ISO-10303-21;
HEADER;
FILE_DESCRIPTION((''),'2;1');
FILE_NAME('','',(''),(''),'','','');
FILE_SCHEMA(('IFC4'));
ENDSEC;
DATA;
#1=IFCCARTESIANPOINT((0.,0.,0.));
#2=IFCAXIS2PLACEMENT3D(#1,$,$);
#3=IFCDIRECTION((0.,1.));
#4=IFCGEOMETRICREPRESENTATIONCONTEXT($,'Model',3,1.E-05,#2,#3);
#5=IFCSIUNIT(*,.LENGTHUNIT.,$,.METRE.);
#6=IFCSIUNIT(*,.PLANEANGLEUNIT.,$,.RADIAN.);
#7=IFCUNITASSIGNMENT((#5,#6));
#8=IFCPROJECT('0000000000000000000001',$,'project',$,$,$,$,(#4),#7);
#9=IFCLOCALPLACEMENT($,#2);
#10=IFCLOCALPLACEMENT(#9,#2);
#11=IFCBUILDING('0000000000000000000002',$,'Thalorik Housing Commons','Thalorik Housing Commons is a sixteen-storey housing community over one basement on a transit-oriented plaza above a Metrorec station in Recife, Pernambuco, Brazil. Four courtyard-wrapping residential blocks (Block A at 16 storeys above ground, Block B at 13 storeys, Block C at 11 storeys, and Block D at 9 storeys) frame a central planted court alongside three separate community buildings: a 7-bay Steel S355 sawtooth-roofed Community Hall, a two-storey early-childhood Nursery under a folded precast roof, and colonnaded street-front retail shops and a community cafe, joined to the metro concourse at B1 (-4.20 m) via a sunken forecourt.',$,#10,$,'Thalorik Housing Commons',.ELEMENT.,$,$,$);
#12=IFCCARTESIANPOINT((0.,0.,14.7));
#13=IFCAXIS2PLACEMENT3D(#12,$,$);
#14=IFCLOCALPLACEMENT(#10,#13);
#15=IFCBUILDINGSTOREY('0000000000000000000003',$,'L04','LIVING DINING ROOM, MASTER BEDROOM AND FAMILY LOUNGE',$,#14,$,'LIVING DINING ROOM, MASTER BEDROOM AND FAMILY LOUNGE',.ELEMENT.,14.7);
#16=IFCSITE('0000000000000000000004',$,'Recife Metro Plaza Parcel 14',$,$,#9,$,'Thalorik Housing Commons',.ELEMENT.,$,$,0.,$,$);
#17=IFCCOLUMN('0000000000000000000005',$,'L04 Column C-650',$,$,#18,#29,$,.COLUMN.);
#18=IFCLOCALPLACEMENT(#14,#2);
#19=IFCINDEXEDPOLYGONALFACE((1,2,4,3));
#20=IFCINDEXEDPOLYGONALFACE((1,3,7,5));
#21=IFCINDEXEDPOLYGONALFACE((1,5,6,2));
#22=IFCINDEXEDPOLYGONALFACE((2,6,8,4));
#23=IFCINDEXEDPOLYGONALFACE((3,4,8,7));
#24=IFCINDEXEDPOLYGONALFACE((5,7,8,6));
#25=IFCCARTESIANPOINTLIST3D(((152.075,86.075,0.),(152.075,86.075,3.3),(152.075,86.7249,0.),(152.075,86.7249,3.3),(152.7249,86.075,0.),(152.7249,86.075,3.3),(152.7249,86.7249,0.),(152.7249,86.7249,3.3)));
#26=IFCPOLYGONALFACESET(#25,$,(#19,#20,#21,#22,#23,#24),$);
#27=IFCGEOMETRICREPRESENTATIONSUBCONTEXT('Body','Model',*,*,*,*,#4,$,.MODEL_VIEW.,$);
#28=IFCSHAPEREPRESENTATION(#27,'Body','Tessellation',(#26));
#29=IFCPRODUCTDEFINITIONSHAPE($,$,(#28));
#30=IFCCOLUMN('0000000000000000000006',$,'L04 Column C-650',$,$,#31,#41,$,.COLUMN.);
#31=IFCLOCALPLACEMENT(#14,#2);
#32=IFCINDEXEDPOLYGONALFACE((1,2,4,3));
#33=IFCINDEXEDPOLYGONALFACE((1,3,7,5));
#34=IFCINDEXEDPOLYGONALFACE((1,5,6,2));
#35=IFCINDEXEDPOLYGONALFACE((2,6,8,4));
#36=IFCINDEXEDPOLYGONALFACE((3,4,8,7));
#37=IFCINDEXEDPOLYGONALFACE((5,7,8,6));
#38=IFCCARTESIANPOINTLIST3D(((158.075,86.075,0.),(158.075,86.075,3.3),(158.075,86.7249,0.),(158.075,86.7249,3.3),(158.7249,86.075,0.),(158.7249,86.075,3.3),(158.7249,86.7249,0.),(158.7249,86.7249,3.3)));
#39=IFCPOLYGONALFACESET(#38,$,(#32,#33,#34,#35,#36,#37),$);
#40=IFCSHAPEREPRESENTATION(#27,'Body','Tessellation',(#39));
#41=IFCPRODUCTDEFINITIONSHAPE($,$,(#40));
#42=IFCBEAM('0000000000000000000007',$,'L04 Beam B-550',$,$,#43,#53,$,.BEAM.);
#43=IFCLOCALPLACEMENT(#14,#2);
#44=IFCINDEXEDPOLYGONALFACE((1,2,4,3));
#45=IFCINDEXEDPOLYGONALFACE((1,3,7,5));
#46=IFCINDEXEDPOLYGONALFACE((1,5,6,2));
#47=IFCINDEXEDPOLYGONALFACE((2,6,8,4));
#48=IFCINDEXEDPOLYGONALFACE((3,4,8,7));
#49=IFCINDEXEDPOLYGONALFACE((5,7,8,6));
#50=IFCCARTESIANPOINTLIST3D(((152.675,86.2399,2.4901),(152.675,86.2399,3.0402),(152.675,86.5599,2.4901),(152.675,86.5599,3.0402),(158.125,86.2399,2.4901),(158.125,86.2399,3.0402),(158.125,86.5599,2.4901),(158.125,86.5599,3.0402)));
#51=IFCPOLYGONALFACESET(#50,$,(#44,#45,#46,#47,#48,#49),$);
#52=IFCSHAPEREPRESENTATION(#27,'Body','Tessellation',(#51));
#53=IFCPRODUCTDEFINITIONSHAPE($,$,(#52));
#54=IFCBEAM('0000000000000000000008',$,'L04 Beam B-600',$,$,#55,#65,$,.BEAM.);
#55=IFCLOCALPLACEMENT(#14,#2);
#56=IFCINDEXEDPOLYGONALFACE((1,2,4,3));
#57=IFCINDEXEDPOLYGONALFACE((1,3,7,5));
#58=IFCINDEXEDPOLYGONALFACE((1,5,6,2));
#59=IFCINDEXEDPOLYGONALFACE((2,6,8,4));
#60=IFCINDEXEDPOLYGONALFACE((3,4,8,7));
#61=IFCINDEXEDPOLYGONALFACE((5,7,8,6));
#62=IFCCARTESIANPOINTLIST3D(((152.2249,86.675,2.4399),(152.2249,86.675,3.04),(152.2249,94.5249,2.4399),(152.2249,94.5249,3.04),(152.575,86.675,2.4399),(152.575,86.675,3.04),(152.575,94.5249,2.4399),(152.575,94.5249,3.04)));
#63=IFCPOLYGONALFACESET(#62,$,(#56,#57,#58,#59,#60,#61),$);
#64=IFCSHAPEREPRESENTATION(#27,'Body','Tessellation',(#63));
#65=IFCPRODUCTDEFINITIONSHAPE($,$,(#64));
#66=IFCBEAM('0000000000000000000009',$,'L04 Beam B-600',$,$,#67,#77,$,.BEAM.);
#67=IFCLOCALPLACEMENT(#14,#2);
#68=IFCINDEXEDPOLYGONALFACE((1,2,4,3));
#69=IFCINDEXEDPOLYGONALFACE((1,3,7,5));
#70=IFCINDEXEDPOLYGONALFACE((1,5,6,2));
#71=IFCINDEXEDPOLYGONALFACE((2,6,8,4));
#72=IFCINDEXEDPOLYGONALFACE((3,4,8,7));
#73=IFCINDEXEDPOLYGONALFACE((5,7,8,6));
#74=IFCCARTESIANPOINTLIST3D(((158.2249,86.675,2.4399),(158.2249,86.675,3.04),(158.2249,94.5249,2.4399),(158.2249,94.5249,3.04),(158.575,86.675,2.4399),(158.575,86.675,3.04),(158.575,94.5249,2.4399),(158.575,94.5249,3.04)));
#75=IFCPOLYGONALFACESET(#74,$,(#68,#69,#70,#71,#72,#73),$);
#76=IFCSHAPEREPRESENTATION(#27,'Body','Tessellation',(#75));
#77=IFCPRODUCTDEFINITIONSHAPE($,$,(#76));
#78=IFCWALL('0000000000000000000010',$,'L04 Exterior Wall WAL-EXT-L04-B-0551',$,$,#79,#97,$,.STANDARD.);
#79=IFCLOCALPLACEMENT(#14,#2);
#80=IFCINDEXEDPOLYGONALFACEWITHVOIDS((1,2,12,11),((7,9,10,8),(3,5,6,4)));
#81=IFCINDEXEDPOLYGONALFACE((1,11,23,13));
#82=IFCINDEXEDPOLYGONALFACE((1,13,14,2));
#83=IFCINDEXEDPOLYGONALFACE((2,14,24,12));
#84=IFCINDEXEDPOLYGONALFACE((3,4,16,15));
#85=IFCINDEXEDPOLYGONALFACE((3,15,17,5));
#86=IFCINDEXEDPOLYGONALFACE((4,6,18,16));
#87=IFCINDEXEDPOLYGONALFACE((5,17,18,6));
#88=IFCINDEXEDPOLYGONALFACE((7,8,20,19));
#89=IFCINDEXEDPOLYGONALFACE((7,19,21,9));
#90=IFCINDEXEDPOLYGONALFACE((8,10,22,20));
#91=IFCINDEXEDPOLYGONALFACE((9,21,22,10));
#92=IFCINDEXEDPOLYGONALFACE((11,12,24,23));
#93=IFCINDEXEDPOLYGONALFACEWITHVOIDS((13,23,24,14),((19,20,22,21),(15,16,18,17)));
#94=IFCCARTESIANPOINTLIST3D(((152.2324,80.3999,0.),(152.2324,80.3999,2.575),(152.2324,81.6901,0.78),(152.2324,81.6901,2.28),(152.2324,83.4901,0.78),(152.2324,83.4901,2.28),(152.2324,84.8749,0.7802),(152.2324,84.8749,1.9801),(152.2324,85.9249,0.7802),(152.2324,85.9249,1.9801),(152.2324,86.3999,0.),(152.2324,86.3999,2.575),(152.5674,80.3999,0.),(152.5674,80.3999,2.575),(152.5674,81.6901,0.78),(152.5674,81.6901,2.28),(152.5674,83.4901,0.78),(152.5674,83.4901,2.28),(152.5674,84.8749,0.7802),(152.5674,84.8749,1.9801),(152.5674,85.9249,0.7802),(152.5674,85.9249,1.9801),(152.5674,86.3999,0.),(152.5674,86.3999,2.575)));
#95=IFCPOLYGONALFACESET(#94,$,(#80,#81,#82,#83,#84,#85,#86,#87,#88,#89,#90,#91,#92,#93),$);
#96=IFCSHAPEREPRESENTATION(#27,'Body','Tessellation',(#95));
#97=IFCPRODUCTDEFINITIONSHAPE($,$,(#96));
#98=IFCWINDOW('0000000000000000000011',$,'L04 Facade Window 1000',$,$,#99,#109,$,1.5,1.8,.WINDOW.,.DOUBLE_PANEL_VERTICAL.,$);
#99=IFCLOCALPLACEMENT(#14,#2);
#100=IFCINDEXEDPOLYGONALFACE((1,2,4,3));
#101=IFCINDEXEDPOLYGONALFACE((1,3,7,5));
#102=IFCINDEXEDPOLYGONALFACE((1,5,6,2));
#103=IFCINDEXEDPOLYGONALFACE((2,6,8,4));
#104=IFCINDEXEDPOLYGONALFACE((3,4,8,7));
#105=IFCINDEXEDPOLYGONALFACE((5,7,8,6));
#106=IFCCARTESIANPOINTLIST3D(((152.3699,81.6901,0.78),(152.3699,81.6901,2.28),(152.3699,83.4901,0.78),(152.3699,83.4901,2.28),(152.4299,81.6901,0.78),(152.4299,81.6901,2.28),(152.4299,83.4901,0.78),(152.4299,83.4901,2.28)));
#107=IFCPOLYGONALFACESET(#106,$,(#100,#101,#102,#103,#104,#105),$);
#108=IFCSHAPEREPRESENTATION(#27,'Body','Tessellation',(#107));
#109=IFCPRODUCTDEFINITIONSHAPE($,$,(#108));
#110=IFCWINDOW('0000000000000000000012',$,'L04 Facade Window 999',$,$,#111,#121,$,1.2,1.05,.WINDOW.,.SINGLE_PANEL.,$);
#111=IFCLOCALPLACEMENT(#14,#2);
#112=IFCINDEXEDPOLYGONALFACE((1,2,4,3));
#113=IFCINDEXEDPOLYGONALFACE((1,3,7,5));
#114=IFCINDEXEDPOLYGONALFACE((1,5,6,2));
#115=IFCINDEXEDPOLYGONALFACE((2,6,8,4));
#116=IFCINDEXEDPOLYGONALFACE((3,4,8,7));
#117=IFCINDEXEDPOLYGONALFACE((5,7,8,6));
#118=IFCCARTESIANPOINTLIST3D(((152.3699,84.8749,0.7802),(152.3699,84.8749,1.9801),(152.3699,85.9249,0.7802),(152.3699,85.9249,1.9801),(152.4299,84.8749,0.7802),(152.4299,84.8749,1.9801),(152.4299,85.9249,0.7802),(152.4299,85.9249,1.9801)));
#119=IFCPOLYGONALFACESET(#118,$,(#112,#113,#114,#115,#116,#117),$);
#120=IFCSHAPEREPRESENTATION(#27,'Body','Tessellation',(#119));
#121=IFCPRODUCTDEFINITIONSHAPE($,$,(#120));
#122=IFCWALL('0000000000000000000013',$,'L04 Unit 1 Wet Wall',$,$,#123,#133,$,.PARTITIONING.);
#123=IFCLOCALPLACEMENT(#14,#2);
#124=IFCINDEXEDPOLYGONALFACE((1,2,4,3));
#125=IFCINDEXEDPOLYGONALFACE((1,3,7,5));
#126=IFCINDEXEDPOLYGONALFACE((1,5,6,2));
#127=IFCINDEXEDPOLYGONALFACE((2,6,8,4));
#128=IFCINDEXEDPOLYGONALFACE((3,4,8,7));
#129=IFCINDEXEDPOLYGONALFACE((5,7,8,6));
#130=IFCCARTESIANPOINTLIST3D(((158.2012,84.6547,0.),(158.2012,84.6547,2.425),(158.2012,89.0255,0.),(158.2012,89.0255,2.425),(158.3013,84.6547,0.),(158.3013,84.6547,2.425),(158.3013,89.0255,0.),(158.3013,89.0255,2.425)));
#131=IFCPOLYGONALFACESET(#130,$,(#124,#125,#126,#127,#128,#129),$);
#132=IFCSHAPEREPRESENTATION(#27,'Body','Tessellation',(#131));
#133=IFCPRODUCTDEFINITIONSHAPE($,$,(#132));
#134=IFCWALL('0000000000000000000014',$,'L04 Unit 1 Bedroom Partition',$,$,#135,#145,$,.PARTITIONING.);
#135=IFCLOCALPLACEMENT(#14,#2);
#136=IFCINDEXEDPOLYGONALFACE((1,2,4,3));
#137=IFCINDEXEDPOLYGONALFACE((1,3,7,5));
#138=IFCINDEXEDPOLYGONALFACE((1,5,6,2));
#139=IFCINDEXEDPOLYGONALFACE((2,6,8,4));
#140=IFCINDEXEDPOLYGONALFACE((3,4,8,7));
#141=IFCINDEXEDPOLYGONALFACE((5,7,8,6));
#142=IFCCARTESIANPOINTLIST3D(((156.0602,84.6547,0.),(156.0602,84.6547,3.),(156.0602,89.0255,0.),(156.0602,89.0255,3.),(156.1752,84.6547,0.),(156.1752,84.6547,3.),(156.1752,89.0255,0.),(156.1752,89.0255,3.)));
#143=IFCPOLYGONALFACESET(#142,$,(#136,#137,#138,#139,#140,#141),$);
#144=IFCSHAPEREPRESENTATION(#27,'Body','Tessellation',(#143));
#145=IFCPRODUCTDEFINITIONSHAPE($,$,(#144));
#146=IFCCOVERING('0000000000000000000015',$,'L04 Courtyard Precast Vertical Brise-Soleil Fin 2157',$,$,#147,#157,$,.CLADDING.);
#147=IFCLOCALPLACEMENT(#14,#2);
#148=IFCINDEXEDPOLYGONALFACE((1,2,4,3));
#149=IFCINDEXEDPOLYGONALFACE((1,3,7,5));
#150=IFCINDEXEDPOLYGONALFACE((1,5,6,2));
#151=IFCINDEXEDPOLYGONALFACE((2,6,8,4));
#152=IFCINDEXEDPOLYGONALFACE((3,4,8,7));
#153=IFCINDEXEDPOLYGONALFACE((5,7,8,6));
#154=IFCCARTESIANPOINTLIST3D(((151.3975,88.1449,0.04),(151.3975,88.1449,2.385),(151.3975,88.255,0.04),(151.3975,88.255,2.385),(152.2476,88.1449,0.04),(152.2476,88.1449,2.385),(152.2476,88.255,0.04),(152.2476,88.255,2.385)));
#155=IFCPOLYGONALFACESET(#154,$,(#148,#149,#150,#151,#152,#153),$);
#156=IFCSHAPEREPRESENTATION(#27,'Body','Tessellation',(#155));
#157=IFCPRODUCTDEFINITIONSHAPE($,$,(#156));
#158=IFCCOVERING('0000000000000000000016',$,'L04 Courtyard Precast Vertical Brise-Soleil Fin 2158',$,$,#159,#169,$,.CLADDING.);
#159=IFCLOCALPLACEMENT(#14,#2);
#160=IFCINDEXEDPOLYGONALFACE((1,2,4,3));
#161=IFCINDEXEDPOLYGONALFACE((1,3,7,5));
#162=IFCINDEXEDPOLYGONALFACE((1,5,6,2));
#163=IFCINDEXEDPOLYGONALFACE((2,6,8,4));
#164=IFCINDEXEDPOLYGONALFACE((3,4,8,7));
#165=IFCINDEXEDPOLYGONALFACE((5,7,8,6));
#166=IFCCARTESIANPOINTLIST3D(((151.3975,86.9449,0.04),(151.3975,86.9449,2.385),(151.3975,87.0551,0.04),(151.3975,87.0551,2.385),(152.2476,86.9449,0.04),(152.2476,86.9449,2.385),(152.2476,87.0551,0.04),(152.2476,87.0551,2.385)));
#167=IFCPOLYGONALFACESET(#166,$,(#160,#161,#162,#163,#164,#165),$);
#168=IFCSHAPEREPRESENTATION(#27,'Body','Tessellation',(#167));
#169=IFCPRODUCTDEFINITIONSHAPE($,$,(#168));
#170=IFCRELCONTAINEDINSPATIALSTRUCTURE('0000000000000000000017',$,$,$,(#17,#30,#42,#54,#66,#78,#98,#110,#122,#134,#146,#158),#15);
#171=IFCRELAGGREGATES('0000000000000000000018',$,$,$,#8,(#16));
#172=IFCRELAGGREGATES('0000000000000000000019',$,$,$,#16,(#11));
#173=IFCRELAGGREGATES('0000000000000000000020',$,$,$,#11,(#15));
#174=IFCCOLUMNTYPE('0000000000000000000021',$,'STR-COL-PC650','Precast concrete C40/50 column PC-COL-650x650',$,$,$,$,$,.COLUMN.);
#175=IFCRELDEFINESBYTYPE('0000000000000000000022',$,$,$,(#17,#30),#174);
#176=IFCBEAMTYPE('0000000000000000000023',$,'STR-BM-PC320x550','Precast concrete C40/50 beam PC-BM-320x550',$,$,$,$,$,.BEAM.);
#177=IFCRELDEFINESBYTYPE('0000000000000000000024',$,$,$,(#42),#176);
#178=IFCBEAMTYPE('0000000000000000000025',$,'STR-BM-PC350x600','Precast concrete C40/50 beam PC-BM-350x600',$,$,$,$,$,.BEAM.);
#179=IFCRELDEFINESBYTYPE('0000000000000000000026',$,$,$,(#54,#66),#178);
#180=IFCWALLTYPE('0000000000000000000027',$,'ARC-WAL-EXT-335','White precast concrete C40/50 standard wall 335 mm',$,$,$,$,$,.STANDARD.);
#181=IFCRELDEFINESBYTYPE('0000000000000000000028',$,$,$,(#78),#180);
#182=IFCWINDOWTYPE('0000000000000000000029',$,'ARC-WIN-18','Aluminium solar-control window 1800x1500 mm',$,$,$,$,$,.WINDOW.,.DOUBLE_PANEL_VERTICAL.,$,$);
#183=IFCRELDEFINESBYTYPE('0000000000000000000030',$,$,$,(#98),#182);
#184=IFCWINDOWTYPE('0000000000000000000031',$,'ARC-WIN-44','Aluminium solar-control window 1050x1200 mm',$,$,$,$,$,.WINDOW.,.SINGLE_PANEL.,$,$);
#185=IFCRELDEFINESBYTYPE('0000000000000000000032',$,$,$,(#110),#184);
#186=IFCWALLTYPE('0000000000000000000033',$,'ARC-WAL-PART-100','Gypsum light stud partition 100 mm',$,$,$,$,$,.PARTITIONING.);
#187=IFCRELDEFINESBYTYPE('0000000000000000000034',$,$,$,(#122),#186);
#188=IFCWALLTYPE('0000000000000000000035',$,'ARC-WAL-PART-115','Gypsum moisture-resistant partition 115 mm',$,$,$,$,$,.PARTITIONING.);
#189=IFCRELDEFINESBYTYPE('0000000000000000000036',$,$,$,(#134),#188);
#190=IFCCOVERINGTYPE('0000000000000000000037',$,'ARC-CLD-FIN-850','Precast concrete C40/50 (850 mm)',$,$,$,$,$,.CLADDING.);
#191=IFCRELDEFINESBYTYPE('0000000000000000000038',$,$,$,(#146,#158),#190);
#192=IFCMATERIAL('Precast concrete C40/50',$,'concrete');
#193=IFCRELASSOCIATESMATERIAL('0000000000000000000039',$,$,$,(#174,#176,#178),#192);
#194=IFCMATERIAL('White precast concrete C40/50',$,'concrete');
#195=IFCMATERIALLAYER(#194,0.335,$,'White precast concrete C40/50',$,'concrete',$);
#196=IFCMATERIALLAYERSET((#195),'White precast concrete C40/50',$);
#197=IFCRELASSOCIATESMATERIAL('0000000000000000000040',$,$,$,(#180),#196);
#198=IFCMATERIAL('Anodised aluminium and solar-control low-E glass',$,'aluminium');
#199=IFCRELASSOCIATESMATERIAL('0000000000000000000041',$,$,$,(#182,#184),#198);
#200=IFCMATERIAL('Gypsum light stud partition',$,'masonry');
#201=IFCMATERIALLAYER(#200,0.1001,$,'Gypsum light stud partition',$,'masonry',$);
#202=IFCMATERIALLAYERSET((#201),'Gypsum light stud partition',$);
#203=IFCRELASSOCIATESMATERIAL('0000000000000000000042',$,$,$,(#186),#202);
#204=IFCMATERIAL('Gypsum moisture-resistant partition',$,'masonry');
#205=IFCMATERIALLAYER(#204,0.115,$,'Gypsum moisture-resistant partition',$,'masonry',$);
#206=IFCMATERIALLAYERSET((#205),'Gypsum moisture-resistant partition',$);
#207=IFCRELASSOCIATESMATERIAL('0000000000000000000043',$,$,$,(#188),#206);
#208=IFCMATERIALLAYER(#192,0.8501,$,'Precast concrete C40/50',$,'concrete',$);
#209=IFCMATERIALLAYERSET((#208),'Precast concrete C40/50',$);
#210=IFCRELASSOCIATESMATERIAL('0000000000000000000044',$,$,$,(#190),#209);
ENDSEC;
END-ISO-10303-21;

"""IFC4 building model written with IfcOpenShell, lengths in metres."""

from ifc_helpers import new_model, si_unit, direction, frame, frame_2d, origin, origin_2d, place, context, subcontext, project, spatial, rectangle, extrude, material, layer, layer_set, material_profile, profile_set, type_object, element, fill, save


model = new_model("IFC4")

# Units and contexts
model_context = context("Model", 3, precision=1e-05, world=origin(), true_north=direction((0.0, 1.0)))
body_context = subcontext(model_context, "Body", "Model", "MODEL_VIEW")
ifc_project = project(units=[si_unit("LENGTHUNIT", "METRE"), si_unit("PLANEANGLEUNIT", "RADIAN")], contexts=[model_context])

# Site, building, storey
site_placement = place(None, origin())
site = spatial("IfcSite", under=ifc_project, at=site_placement, Name="Recife Metro Plaza Parcel 14", LongName="Thalorik Housing Commons", CompositionType="ELEMENT", RefElevation=0.0)
building_placement = place(site_placement, origin())
building = spatial("IfcBuilding", under=site, at=building_placement, Name="Thalorik Housing Commons", Description="Thalorik Housing Commons is a sixteen-storey housing community over one basement on a transit-oriented plaza above a Metrorec station in Recife, Pernambuco, Brazil. Four courtyard-wrapping residential blocks (Block A at 16 storeys above ground, Block B at 13 storeys, Block C at 11 storeys, and Block D at 9 storeys) frame a central planted court alongside three separate community buildings: a 7-bay Steel S355 sawtooth-roofed Community Hall, a two-storey early-childhood Nursery under a folded precast roof, and colonnaded street-front retail shops and a community cafe, joined to the metro concourse at B1 (-4.20 m) via a sunken forecourt.", LongName="Thalorik Housing Commons", CompositionType="ELEMENT")
storey_placement = place(building_placement, frame((0.0, 0.0, 14.7)))
storey = spatial("IfcBuildingStorey", under=building, at=storey_placement, Name="L04", Description="LIVING DINING ROOM, MASTER BEDROOM AND FAMILY LOUNGE", LongName="LIVING DINING ROOM, MASTER BEDROOM AND FAMILY LOUNGE", CompositionType="ELEMENT", Elevation=14.7)

# Columns
ifc_material_1 = material(Name="Precast concrete C40/50", Category="concrete")
ifc_material_profile_1 = material_profile(ifc_material_1, rectangle(XDim=0.6499, YDim=0.6499, at=origin_2d()), Name="PC 650x650", Category="concrete")
ifc_profile_set_1 = profile_set([ifc_material_profile_1], Name="Precast concrete C40/50")
column_type = type_object("IfcColumnType", Name="STR-COL-PC650", Description="Precast concrete C40/50 column PC-COL-650x650", PredefinedType="COLUMN", material=ifc_profile_set_1)
for number, where, z_axis, x_axis, name in (
    (1, (152.3999, 86.3999, 0.0), (0.0, 0.0, 1.0), (1.0, 0.0, 0.0), "L04 Column C-650"),
    (2, (158.3999, 86.3999, 0.0), (0.0, 0.0, 1.0), (1.0, 0.0, 0.0), "L04 Column C-650"),
):
    element("IfcColumn", number, at=place(storey_placement, frame(where, z_axis=z_axis, x_axis=x_axis)), inside=storey, type_object=column_type, Name=name, PredefinedType="COLUMN", context=body_context, shape_type="SweptSolid", body=[
        extrude(rectangle(XDim=0.6499, YDim=0.6499, at=origin_2d()), origin(), (0.0, 0.0, 1.0), 3.3),
    ])

# Beams
ifc_material_profile_2 = material_profile(ifc_material_1, rectangle(XDim=0.3201, YDim=0.55, at=origin_2d()), Name="PC 320x550", Category="concrete")
ifc_profile_set_2 = profile_set([ifc_material_profile_2], Name="Precast concrete C40/50")
beam_type_1 = type_object("IfcBeamType", Name="STR-BM-PC320x550", Description="Precast concrete C40/50 beam PC-BM-320x550", PredefinedType="BEAM", material=ifc_profile_set_2)
beam_placement = place(storey_placement, frame((152.675, 86.3999, 2.7651), z_axis=(1.0, 0.0, 0.0), x_axis=(0.0, 1.0, 0.0)))
element("IfcBeam", 3, at=beam_placement, inside=storey, type_object=beam_type_1, Name="L04 Beam B-550", PredefinedType="BEAM", context=body_context, shape_type="SweptSolid", body=[
    extrude(rectangle(XDim=0.3201, YDim=0.55, at=origin_2d()), origin(), (0.0, 0.0, 1.0), 5.45),
])
ifc_material_profile_3 = material_profile(ifc_material_1, rectangle(XDim=0.3501, YDim=0.6001, at=origin_2d()), Name="PC 350x600", Category="concrete")
ifc_profile_set_3 = profile_set([ifc_material_profile_3], Name="Precast concrete C40/50")
beam_type_2 = type_object("IfcBeamType", Name="STR-BM-PC350x600", Description="Precast concrete C40/50 beam PC-BM-350x600", PredefinedType="BEAM", material=ifc_profile_set_3)
for number, where, z_axis, x_axis, name in (
    (4, (152.3999, 86.675, 2.74), (0.0, 1.0, 0.0), (-1.0, 0.0, 0.0), "L04 Beam B-600"),
    (5, (158.3999, 86.675, 2.74), (0.0, 1.0, 0.0), (-1.0, 0.0, 0.0), "L04 Beam B-600"),
):
    element("IfcBeam", number, at=place(storey_placement, frame(where, z_axis=z_axis, x_axis=x_axis)), inside=storey, type_object=beam_type_2, Name=name, PredefinedType="BEAM", context=body_context, shape_type="SweptSolid", body=[
        extrude(rectangle(XDim=0.3501, YDim=0.6001, at=origin_2d()), origin(), (0.0, 0.0, 1.0), 7.8499),
    ])

# Wall, openings, windows
ifc_material_2 = material(Name="White precast concrete C40/50", Category="concrete")
ifc_layer_1 = layer(ifc_material_2, 0.335, Name="White precast concrete C40/50", Category="concrete")
ifc_layer_set_1 = layer_set([ifc_layer_1], Name="White precast concrete C40/50")
wall_type_1 = type_object("IfcWallType", Name="ARC-WAL-EXT-335", Description="White precast concrete C40/50 standard wall 335 mm", PredefinedType="STANDARD", material=ifc_layer_set_1)
wall_1_placement = place(storey_placement, frame((152.3999, 86.3999, 0.0), z_axis=(0.0, 0.0, 1.0), x_axis=(0.0, -1.0, 0.0)))
wall_1 = element("IfcWall", 6, at=wall_1_placement, inside=storey, type_object=wall_type_1, Name="L04 Exterior Wall WAL-EXT-L04-B-0551", PredefinedType="STANDARD", context=body_context, shape_type="SweptSolid", body=[
    extrude(rectangle(XDim=6.0, YDim=0.335, at=frame_2d((3.0, 0.0))), origin(), (0.0, 0.0, 1.0), 2.575),
])
opening_1_placement = place(wall_1_placement, frame((0.4751, 0.0, 0.78)))
opening_1 = element("IfcOpeningElement", 7, at=opening_1_placement, cuts=wall_1, PredefinedType="OPENING", context=body_context, shape_type="SweptSolid", body=[
    extrude(rectangle(XDim=1.05, YDim=1.2, at=frame_2d((0.5249, 0.6001))), frame((0.0, 0.1775, 0.0), z_axis=(0.0, -1.0, 0.0), x_axis=(1.0, 0.0, 0.0)), (0.0, 0.0, 1.0), 0.355),
])
opening_2_placement = place(wall_1_placement, frame((2.9099, 0.0, 0.78)))
opening_2 = element("IfcOpeningElement", 8, at=opening_2_placement, cuts=wall_1, PredefinedType="OPENING", context=body_context, shape_type="SweptSolid", body=[
    extrude(rectangle(XDim=1.8, YDim=1.5, at=frame_2d((0.8999, 0.75))), frame((0.0, 0.1775, 0.0), z_axis=(0.0, -1.0, 0.0), x_axis=(1.0, 0.0, 0.0)), (0.0, 0.0, 1.0), 0.355),
])
ifc_material_3 = material(Name="Anodised aluminium and solar-control low-E glass", Category="aluminium")
window_type_1 = type_object("IfcWindowType", Name="ARC-WIN-18", Description="Aluminium solar-control window 1800x1500 mm", PartitioningType="DOUBLE_PANEL_VERTICAL", PredefinedType="WINDOW", material=ifc_material_3)
window_1_placement = place(opening_2_placement, origin())
window_1 = element("IfcWindow", 9, at=window_1_placement, inside=storey, type_object=window_type_1, Name="L04 Facade Window 1000", OverallHeight=1.5, OverallWidth=1.8, PartitioningType="DOUBLE_PANEL_VERTICAL", PredefinedType="WINDOW", context=body_context, shape_type="SweptSolid", body=[
    extrude(rectangle(XDim=1.8, YDim=1.5, at=frame_2d((0.8999, 0.75))), frame((0.0, 0.03, 0.0), z_axis=(0.0, -1.0, 0.0), x_axis=(1.0, 0.0, 0.0)), (0.0, 0.0, 1.0), 0.0601),
])
fill(opening_2, window_1)
window_type_2 = type_object("IfcWindowType", Name="ARC-WIN-44", Description="Aluminium solar-control window 1050x1200 mm", PartitioningType="SINGLE_PANEL", PredefinedType="WINDOW", material=ifc_material_3)
window_2_placement = place(opening_1_placement, origin())
window_2 = element("IfcWindow", 10, at=window_2_placement, inside=storey, type_object=window_type_2, Name="L04 Facade Window 999", OverallHeight=1.2, OverallWidth=1.05, PartitioningType="SINGLE_PANEL", PredefinedType="WINDOW", context=body_context, shape_type="SweptSolid", body=[
    extrude(rectangle(XDim=1.05, YDim=1.2, at=frame_2d((0.5249, 0.6001))), frame((0.0, 0.03, 0.0), z_axis=(0.0, -1.0, 0.0), x_axis=(1.0, 0.0, 0.0)), (0.0, 0.0, 1.0), 0.0601),
])
fill(opening_1, window_2)

# Walls
ifc_material_4 = material(Name="Gypsum light stud partition", Category="masonry")
ifc_layer_2 = layer(ifc_material_4, 0.1001, Name="Gypsum light stud partition", Category="masonry")
ifc_layer_set_2 = layer_set([ifc_layer_2], Name="Gypsum light stud partition")
wall_type_2 = type_object("IfcWallType", Name="ARC-WAL-PART-100", Description="Gypsum light stud partition 100 mm", PredefinedType="PARTITIONING", material=ifc_layer_set_2)
wall_2_placement = place(storey_placement, frame((158.2512, 84.6545, 0.0), z_axis=(0.0, 0.0, 1.0), x_axis=(0.0, 1.0, 0.0)))
element("IfcWall", 11, at=wall_2_placement, inside=storey, type_object=wall_type_2, Name="L04 Unit 1 Wet Wall", PredefinedType="PARTITIONING", context=body_context, shape_type="SweptSolid", body=[
    extrude(rectangle(XDim=4.3708, YDim=0.1001, at=frame_2d((2.1855, 0.0))), origin(), (0.0, 0.0, 1.0), 2.425),
])
ifc_material_5 = material(Name="Gypsum moisture-resistant partition", Category="masonry")
ifc_layer_3 = layer(ifc_material_5, 0.115, Name="Gypsum moisture-resistant partition", Category="masonry")
ifc_layer_set_3 = layer_set([ifc_layer_3], Name="Gypsum moisture-resistant partition")
wall_type_3 = type_object("IfcWallType", Name="ARC-WAL-PART-115", Description="Gypsum moisture-resistant partition 115 mm", PredefinedType="PARTITIONING", material=ifc_layer_set_3)
wall_3_placement = place(storey_placement, frame((156.1177, 84.6545, 0.0), z_axis=(0.0, 0.0, 1.0), x_axis=(0.0, 1.0, 0.0)))
element("IfcWall", 12, at=wall_3_placement, inside=storey, type_object=wall_type_3, Name="L04 Unit 1 Bedroom Partition", PredefinedType="PARTITIONING", context=body_context, shape_type="SweptSolid", body=[
    extrude(rectangle(XDim=4.3708, YDim=0.115, at=frame_2d((2.1855, 0.0))), origin(), (0.0, 0.0, 1.0), 3.0),
])

# Coverings
ifc_layer_4 = layer(ifc_material_1, 0.8501, Name="Precast concrete C40/50", Category="concrete")
ifc_layer_set_4 = layer_set([ifc_layer_4], Name="Precast concrete C40/50")
covering_type_1 = type_object("IfcCoveringType", Name="ARC-CLD-FIN-850", Description="Precast concrete C40/50 (850 mm)", PredefinedType="CLADDING", material=ifc_layer_set_4)
for number, where, z_axis, x_axis, name in (
    (13, (151.8225, 88.2, 0.04), (0.0, 0.0, 1.0), (0.0, -1.0, 0.0), "L04 Courtyard Precast Vertical Brise-Soleil Fin 2157"),
    (14, (151.8225, 87.0, 0.04), (0.0, 0.0, 1.0), (0.0, -1.0, 0.0), "L04 Courtyard Precast Vertical Brise-Soleil Fin 2158"),
):
    element("IfcCovering", number, at=place(storey_placement, frame(where, z_axis=z_axis, x_axis=x_axis)), inside=storey, type_object=covering_type_1, Name=name, PredefinedType="CLADDING", context=body_context, shape_type="SweptSolid", body=[
        extrude(rectangle(XDim=0.1101, YDim=0.8501, at=origin_2d()), origin(), (0.0, 0.0, 1.0), 2.345),
    ])

save(model, "model.ifc")
